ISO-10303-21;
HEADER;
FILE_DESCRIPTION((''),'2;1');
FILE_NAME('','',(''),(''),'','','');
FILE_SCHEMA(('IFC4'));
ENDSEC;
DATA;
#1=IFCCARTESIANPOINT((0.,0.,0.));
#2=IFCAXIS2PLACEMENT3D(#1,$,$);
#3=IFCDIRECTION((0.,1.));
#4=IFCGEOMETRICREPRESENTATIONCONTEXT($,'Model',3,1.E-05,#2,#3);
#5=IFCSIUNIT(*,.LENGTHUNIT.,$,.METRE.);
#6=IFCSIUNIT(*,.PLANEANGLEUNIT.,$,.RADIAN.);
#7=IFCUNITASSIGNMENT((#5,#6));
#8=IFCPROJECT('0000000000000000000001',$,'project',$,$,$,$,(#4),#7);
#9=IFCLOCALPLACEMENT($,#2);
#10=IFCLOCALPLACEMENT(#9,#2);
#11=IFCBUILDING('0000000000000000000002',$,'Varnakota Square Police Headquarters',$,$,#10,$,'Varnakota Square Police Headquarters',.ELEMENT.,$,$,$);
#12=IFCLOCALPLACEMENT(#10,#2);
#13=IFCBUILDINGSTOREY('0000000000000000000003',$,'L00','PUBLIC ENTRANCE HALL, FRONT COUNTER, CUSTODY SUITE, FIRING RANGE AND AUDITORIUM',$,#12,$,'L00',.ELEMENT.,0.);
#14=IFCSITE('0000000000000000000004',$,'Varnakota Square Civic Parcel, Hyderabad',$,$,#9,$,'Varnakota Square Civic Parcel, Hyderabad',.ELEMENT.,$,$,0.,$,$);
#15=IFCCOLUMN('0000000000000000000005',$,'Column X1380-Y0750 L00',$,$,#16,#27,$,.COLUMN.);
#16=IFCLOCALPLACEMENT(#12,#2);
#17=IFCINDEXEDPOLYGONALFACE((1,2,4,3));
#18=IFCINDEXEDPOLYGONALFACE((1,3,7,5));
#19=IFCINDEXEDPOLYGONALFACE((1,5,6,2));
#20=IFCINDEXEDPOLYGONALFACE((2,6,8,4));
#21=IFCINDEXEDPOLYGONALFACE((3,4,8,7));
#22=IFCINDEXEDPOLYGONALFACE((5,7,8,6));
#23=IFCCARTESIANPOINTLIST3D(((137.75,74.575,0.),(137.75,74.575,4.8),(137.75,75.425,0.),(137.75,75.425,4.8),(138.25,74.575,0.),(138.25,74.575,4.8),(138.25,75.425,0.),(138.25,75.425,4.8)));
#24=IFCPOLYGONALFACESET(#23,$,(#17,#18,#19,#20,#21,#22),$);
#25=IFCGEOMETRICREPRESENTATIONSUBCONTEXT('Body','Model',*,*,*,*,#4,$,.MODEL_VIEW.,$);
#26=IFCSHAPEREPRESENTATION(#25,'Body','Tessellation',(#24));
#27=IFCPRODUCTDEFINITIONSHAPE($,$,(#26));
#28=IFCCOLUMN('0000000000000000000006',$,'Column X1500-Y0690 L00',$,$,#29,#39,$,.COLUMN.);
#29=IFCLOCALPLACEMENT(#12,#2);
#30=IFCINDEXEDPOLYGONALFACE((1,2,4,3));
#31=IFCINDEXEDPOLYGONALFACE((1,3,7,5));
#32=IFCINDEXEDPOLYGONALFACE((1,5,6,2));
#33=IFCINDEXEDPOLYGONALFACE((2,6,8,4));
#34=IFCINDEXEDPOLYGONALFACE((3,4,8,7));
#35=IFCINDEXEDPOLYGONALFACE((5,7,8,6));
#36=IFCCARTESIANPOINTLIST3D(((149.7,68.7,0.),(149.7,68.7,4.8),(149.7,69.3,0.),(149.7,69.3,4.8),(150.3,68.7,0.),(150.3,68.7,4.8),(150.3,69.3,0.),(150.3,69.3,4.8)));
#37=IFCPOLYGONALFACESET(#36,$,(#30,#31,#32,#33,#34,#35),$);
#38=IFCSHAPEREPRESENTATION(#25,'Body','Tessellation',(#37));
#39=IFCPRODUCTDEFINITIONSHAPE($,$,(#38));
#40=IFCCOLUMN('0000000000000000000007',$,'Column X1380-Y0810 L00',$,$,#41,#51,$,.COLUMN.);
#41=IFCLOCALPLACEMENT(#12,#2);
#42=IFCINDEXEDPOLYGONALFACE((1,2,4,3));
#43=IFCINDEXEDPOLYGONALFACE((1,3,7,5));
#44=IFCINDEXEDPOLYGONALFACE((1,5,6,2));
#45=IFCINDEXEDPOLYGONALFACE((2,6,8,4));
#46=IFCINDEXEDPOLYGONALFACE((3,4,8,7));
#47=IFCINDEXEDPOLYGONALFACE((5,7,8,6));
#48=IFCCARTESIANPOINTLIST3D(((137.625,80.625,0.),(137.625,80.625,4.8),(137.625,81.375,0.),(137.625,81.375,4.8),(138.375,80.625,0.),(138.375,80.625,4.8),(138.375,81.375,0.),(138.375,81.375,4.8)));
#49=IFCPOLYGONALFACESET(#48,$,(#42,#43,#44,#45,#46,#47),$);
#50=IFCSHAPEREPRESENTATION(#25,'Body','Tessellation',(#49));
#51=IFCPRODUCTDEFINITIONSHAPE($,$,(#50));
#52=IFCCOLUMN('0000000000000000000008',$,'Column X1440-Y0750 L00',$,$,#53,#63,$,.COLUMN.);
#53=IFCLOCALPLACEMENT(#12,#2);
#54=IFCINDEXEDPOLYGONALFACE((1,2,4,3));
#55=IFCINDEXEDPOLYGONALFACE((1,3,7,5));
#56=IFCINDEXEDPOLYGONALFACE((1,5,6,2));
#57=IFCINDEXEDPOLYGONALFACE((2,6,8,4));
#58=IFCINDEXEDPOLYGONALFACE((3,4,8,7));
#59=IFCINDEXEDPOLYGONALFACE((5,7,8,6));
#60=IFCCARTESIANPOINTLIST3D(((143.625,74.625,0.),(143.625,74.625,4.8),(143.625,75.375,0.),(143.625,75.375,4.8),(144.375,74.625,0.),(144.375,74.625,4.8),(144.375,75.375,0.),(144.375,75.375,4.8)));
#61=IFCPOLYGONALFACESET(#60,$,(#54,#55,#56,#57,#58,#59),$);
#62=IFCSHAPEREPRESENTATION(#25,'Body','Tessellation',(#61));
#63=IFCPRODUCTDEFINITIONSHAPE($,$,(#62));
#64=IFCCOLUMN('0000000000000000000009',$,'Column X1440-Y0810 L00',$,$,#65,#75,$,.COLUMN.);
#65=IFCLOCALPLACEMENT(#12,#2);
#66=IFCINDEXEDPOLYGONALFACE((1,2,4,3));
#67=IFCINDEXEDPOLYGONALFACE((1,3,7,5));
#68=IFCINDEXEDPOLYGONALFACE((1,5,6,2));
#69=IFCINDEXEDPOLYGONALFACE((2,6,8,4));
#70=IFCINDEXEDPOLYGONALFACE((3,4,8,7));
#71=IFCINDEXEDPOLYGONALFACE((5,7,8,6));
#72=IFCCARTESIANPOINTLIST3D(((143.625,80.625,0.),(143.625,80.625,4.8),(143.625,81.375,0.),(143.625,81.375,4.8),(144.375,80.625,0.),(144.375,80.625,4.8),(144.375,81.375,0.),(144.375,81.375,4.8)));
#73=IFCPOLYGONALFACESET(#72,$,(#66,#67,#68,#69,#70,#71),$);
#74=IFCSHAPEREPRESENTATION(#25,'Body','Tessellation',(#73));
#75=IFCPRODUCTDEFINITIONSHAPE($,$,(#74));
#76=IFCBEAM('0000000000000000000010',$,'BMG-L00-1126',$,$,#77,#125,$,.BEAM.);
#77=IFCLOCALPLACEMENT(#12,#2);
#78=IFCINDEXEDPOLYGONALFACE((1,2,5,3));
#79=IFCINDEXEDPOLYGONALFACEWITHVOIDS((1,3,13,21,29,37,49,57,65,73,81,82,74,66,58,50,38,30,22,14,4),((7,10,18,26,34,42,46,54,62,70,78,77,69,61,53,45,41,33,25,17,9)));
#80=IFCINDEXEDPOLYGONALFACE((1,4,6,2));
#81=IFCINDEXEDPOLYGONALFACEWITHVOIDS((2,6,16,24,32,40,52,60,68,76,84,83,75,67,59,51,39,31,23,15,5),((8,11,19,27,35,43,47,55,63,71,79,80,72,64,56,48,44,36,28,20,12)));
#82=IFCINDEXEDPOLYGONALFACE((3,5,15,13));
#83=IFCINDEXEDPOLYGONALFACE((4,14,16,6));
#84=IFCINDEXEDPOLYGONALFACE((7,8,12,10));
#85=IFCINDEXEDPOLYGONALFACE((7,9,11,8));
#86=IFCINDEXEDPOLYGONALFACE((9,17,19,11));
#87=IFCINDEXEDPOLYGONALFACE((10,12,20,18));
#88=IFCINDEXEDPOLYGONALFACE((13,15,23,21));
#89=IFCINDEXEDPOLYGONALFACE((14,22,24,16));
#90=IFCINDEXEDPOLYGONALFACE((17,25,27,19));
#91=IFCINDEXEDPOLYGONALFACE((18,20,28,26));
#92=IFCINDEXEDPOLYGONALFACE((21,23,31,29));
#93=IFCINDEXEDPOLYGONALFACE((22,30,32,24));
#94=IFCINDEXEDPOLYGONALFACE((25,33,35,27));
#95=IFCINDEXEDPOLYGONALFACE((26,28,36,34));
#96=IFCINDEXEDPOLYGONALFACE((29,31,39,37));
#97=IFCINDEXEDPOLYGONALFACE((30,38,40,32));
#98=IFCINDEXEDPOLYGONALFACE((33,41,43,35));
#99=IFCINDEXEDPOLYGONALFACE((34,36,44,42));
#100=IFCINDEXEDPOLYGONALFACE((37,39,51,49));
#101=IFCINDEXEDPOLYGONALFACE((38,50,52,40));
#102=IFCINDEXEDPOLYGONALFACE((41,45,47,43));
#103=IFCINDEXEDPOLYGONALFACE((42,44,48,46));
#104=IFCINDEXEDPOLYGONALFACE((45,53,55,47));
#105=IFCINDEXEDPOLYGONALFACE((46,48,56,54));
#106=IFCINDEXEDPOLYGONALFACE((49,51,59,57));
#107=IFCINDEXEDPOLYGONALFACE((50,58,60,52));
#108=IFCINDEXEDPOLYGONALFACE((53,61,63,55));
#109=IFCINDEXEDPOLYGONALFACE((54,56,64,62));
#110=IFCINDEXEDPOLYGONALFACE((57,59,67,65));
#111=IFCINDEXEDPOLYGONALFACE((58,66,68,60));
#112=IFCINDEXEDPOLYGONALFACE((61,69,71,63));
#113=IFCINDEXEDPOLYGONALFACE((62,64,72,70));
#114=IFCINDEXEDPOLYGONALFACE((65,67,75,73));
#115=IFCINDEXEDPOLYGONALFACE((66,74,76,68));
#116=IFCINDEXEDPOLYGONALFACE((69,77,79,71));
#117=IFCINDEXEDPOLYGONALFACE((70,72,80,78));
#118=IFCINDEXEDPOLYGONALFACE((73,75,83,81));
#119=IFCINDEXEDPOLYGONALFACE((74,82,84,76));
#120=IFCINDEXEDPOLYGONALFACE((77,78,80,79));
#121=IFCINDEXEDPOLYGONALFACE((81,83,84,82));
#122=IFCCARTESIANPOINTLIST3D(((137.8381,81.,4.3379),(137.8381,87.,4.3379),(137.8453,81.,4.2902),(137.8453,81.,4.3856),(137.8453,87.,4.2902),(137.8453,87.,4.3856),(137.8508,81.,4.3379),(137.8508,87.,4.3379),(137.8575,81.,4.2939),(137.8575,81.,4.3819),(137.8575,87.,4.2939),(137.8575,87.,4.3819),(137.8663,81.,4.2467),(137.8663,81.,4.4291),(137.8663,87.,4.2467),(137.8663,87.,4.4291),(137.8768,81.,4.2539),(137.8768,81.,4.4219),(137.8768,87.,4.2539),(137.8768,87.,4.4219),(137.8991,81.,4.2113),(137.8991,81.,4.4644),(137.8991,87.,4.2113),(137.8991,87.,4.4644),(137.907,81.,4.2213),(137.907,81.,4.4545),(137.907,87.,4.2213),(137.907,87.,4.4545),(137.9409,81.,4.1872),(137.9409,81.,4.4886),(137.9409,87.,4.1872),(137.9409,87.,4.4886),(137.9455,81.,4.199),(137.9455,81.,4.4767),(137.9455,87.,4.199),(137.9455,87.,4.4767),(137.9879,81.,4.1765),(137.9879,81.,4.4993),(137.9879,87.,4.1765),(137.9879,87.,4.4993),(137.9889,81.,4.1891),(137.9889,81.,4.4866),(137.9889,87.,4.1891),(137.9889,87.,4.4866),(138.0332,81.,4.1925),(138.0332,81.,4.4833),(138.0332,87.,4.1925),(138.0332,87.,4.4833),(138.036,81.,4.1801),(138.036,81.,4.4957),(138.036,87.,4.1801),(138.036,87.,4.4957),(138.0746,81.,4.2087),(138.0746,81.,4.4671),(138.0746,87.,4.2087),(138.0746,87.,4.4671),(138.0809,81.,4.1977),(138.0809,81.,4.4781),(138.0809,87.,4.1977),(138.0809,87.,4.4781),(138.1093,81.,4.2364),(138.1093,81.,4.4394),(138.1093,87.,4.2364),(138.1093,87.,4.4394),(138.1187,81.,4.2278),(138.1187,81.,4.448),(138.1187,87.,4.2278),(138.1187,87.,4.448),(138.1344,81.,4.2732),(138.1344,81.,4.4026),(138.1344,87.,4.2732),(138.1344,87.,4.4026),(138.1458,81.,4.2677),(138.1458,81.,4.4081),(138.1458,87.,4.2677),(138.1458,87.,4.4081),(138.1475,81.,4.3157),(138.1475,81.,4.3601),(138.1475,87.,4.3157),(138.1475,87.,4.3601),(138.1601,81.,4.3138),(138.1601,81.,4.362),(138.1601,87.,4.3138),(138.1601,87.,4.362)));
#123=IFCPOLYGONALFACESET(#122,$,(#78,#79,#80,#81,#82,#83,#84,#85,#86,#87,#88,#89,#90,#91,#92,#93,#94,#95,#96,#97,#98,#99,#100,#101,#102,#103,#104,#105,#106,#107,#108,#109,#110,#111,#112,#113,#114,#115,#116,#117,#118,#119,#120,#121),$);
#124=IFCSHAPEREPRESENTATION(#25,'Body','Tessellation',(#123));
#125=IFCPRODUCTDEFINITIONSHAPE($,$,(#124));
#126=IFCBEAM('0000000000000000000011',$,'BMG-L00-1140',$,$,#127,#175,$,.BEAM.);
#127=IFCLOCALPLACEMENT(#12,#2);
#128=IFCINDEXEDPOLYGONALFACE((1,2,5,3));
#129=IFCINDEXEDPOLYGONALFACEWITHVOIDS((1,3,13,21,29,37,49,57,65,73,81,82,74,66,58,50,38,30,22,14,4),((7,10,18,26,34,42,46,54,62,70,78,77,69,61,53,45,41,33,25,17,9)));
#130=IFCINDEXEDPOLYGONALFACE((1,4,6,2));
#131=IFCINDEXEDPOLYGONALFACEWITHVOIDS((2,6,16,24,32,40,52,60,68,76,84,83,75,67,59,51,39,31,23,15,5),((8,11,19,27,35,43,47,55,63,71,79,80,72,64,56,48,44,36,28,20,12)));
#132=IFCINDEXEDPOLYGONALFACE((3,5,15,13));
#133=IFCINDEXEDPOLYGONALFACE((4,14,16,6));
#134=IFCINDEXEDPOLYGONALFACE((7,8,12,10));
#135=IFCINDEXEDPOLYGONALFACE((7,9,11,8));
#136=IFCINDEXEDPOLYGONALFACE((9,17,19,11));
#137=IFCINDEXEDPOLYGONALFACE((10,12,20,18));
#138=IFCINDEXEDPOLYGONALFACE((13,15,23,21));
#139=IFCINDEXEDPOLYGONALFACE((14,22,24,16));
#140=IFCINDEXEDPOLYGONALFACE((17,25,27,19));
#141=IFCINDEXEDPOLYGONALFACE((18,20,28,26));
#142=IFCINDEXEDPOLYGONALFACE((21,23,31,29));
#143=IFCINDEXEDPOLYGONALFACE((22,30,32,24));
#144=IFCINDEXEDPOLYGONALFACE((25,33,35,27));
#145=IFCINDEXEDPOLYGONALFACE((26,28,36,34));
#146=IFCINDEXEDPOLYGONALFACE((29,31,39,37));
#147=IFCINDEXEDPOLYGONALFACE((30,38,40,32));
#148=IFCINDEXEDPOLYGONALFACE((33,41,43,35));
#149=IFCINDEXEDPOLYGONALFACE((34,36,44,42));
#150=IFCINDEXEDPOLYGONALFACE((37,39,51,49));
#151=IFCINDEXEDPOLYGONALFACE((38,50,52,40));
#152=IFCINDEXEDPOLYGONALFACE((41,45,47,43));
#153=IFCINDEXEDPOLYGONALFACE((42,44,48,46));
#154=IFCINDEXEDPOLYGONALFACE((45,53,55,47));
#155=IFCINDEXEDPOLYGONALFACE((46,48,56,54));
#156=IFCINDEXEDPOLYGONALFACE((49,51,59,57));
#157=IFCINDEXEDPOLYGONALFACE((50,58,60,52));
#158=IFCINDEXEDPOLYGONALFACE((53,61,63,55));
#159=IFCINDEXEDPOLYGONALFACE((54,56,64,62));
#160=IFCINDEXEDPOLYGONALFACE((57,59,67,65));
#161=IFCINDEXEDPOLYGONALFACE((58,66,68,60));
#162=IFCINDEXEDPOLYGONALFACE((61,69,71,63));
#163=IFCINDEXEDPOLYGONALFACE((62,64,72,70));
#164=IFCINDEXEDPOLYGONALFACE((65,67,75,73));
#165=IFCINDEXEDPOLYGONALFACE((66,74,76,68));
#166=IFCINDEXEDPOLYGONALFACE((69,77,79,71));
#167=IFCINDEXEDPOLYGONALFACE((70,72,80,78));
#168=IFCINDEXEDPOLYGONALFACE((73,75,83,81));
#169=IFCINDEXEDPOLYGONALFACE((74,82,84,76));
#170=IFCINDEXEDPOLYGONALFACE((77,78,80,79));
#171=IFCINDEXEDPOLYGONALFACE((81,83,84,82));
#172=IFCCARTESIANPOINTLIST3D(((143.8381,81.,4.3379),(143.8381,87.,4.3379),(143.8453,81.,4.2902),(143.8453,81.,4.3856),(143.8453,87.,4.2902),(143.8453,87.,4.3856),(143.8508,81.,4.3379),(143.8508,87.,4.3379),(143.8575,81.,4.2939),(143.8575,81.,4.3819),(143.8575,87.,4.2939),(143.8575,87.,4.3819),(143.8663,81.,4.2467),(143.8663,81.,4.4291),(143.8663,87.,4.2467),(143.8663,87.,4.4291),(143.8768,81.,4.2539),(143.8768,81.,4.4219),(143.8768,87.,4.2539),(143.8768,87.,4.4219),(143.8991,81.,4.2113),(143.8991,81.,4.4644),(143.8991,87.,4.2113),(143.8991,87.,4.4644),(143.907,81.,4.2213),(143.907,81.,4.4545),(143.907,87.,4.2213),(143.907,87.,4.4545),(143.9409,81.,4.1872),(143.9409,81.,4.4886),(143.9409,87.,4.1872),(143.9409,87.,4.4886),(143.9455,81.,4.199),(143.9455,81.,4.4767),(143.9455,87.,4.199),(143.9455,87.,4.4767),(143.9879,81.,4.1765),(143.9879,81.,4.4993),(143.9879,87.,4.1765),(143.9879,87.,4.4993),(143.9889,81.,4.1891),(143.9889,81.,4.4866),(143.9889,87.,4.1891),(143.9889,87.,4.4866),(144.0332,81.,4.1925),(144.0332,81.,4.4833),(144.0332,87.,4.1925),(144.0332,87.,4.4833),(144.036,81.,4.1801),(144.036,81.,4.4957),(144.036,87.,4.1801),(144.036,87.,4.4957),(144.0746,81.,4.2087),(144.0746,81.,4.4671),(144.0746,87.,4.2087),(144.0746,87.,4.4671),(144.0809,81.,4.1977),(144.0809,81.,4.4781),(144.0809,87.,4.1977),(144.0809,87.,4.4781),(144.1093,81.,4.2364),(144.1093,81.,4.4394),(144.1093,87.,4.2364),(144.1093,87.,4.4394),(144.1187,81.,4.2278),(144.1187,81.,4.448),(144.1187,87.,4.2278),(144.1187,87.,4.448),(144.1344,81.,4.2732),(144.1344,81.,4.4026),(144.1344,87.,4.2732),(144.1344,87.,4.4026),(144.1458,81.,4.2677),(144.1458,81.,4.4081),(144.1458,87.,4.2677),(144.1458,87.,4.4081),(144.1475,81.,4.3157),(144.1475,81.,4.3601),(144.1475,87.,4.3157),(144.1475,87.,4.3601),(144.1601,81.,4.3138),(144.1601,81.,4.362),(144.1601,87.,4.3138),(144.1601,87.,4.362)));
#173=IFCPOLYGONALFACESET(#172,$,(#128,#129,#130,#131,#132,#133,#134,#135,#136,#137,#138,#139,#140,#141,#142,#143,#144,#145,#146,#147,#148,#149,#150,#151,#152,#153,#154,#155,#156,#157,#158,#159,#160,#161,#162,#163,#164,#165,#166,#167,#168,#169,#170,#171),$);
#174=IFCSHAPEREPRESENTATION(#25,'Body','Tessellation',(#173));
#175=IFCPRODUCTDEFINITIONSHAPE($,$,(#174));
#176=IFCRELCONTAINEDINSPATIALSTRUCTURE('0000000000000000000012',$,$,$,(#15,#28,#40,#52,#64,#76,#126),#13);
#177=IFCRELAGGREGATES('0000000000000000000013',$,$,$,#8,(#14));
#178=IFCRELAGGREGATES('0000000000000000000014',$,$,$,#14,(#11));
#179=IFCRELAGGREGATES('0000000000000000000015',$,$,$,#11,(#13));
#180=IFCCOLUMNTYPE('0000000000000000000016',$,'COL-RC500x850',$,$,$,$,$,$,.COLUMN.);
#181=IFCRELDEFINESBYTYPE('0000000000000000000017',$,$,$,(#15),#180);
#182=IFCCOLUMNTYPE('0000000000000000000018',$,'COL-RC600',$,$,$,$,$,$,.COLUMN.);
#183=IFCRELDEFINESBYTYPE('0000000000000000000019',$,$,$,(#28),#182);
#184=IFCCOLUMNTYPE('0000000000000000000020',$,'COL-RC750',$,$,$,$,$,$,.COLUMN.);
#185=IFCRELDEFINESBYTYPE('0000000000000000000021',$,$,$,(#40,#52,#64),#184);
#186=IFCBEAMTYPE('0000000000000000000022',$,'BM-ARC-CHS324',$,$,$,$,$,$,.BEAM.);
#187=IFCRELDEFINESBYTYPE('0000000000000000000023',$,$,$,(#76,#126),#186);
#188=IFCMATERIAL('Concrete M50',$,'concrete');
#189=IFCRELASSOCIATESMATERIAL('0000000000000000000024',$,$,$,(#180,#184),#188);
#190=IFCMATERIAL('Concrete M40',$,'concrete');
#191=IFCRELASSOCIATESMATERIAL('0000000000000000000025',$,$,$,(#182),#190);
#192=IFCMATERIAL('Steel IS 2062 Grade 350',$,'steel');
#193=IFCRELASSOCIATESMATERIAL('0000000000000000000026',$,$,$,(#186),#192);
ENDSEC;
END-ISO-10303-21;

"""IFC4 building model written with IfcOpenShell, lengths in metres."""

from ifc_helpers import new_model, si_unit, direction, frame, origin, origin_2d, place, context, subcontext, project, spatial, rectangle, hollow_circle, extrude, material, material_profile, profile_set, type_object, element, save


model = new_model("IFC4")

# Units and contexts
model_context = context("Model", 3, precision=1e-05, world=origin(), true_north=direction((0.0, 1.0)))
body_context = subcontext(model_context, "Body", "Model", "MODEL_VIEW")
ifc_project = project(units=[si_unit("LENGTHUNIT", "METRE"), si_unit("PLANEANGLEUNIT", "RADIAN")], contexts=[model_context])

# Site, building, storey
site_placement = place(None, origin())
site = spatial("IfcSite", under=ifc_project, at=site_placement, Name="Varnakota Square Civic Parcel, Hyderabad", LongName="Varnakota Square Civic Parcel, Hyderabad", CompositionType="ELEMENT", RefElevation=0.0)
building_placement = place(site_placement, origin())
building = spatial("IfcBuilding", under=site, at=building_placement, Name="Varnakota Square Police Headquarters", LongName="Varnakota Square Police Headquarters", CompositionType="ELEMENT")
storey_placement = place(building_placement, origin())
storey = spatial("IfcBuildingStorey", under=building, at=storey_placement, Name="L00", Description="PUBLIC ENTRANCE HALL, FRONT COUNTER, CUSTODY SUITE, FIRING RANGE AND AUDITORIUM", LongName="L00", CompositionType="ELEMENT", Elevation=0.0)

# Columns
ifc_material_1 = material(Name="Concrete M50", Category="concrete")
ifc_material_profile_1 = material_profile(ifc_material_1, rectangle(XDim=0.5, YDim=0.8501, at=origin_2d()), Name="RC 500x850")
ifc_profile_set_1 = profile_set([ifc_material_profile_1], Name="Concrete M50")
column_type_1 = type_object("IfcColumnType", Name="COL-RC500x850", PredefinedType="COLUMN", material=ifc_profile_set_1)
column_1_placement = place(storey_placement, frame((138.0, 75.0, 0.0), z_axis=(0.0, 0.0, 1.0), x_axis=(1.0, 0.0, 0.0)))
element("IfcColumn", 1, at=column_1_placement, inside=storey, type_object=column_type_1, Name="Column X1380-Y0750 L00", PredefinedType="COLUMN", context=body_context, shape_type="SweptSolid", body=[
    extrude(rectangle(XDim=0.5, YDim=0.8501, at=origin_2d()), origin(), (0.0, 0.0, 1.0), 4.8),
])
ifc_material_2 = material(Name="Concrete M40", Category="concrete")
ifc_material_profile_2 = material_profile(ifc_material_2, rectangle(XDim=0.6001, YDim=0.6001, at=origin_2d()), Name="RC 600x600")
ifc_profile_set_2 = profile_set([ifc_material_profile_2], Name="Concrete M40")
column_type_2 = type_object("IfcColumnType", Name="COL-RC600", PredefinedType="COLUMN", material=ifc_profile_set_2)
column_2_placement = place(storey_placement, frame((150.0, 69.0, 0.0), z_axis=(0.0, 0.0, 1.0), x_axis=(1.0, 0.0, 0.0)))
element("IfcColumn", 2, at=column_2_placement, inside=storey, type_object=column_type_2, Name="Column X1500-Y0690 L00", PredefinedType="COLUMN", context=body_context, shape_type="SweptSolid", body=[
    extrude(rectangle(XDim=0.6001, YDim=0.6001, at=origin_2d()), origin(), (0.0, 0.0, 1.0), 4.8),
])
ifc_material_profile_3 = material_profile(ifc_material_1, rectangle(XDim=0.75, YDim=0.75, at=origin_2d()), Name="RC 750x750")
ifc_profile_set_3 = profile_set([ifc_material_profile_3], Name="Concrete M50")
column_type_3 = type_object("IfcColumnType", Name="COL-RC750", PredefinedType="COLUMN", material=ifc_profile_set_3)
for number, where, z_axis, x_axis, name in (
    (3, (138.0, 81.0, 0.0), (0.0, 0.0, 1.0), (1.0, 0.0, 0.0), "Column X1380-Y0810 L00"),
    (4, (144.0, 75.0, 0.0), (0.0, 0.0, 1.0), (1.0, 0.0, 0.0), "Column X1440-Y0750 L00"),
    (5, (144.0, 81.0, 0.0), (0.0, 0.0, 1.0), (1.0, 0.0, 0.0), "Column X1440-Y0810 L00"),
):
    element("IfcColumn", number, at=place(storey_placement, frame(where, z_axis=z_axis, x_axis=x_axis)), inside=storey, type_object=column_type_3, Name=name, PredefinedType="COLUMN", context=body_context, shape_type="SweptSolid", body=[
        extrude(rectangle(XDim=0.75, YDim=0.75, at=origin_2d()), origin(), (0.0, 0.0, 1.0), 4.8),
    ])

# Beams
ifc_material_3 = material(Name="Steel IS 2062 Grade 350", Category="steel")
ifc_material_profile_4 = material_profile(ifc_material_3, hollow_circle(Radius=0.1619, WallThickness=0.0127, at=origin_2d()), Name="CHS 323.9x12.7")
ifc_profile_set_4 = profile_set([ifc_material_profile_4], Name="Steel IS 2062 Grade 350")
beam_type_1 = type_object("IfcBeamType", Name="BM-ARC-CHS324", PredefinedType="BEAM", material=ifc_profile_set_4)
for number, where, z_axis, x_axis, name in (
    (6, (138.0, 81.0, 4.3379), (0.0, 1.0, 0.0), (-1.0, 0.0, 0.0), "BMG-L00-1126"),
    (7, (144.0, 81.0, 4.3379), (0.0, 1.0, 0.0), (-1.0, 0.0, 0.0), "BMG-L00-1140"),
):
    element("IfcBeam", number, at=place(storey_placement, frame(where, z_axis=z_axis, x_axis=x_axis)), inside=storey, type_object=beam_type_1, Name=name, PredefinedType="BEAM", context=body_context, shape_type="SweptSolid", body=[
        extrude(hollow_circle(Radius=0.1619, WallThickness=0.0127, at=origin_2d()), origin(), (0.0, 0.0, 1.0), 6.0),
    ])

save(model, "model.ifc")
